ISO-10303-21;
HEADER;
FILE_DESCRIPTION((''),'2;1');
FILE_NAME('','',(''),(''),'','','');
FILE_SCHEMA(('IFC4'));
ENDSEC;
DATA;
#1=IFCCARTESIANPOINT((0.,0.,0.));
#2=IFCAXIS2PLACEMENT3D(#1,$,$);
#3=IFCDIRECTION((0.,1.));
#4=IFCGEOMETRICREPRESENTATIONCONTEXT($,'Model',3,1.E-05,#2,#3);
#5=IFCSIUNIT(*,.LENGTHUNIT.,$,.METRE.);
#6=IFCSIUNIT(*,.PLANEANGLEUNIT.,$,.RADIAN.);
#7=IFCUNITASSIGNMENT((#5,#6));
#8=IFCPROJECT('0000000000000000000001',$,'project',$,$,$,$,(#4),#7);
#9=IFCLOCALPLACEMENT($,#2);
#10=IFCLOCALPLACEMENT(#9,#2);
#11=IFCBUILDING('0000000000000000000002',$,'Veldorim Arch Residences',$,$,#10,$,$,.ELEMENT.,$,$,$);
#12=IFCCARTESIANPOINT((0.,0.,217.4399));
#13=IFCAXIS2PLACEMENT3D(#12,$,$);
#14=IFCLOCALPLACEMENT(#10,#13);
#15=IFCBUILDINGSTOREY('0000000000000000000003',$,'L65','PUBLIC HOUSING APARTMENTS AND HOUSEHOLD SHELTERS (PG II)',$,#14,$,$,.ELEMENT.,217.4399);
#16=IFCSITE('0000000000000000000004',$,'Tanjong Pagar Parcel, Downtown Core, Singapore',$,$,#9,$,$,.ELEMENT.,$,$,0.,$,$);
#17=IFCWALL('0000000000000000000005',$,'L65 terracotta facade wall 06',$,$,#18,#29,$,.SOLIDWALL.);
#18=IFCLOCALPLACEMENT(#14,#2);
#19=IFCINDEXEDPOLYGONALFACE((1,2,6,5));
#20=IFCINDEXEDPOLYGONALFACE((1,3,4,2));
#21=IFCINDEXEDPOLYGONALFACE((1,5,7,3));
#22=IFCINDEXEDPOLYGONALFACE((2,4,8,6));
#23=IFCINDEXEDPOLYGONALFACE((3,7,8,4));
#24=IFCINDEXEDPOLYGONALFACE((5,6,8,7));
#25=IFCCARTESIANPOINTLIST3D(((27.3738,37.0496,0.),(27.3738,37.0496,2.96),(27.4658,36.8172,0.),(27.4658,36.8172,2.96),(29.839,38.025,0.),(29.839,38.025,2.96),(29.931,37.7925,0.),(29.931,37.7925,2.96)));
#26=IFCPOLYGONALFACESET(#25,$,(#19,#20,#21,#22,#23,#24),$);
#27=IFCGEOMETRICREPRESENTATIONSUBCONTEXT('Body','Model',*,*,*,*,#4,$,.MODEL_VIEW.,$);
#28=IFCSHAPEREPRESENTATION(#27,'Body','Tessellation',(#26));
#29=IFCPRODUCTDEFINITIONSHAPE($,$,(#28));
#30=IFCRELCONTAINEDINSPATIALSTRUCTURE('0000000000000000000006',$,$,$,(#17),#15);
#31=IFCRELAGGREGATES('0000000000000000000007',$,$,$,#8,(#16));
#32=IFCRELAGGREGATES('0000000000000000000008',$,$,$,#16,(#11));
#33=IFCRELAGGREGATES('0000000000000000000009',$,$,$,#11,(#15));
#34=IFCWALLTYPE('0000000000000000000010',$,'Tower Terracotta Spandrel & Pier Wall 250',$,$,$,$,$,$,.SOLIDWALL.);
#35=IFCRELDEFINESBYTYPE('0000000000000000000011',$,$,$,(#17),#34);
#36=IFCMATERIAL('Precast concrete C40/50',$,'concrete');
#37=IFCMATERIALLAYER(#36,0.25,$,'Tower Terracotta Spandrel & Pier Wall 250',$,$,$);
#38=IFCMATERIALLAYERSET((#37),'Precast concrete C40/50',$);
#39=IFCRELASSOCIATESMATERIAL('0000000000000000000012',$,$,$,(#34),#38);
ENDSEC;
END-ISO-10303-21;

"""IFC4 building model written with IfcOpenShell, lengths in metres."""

from ifc_helpers import new_model, si_unit, direction, frame, frame_2d, origin, place, context, subcontext, project, spatial, rectangle, extrude, material, layer, layer_set, type_object, element, save


model = new_model("IFC4")

# Units and contexts
model_context = context("Model", 3, precision=1e-05, world=origin(), true_north=direction((0.0, 1.0)))
body_context = subcontext(model_context, "Body", "Model", "MODEL_VIEW")
ifc_project = project(units=[si_unit("LENGTHUNIT", "METRE"), si_unit("PLANEANGLEUNIT", "RADIAN")], contexts=[model_context])

# Site, building, storey
site_placement = place(None, origin())
site = spatial("IfcSite", under=ifc_project, at=site_placement, Name="Tanjong Pagar Parcel, Downtown Core, Singapore", CompositionType="ELEMENT", RefElevation=0.0)
building_placement = place(site_placement, origin())
building = spatial("IfcBuilding", under=site, at=building_placement, Name="Veldorim Arch Residences", CompositionType="ELEMENT")
storey_placement = place(building_placement, frame((0.0, 0.0, 217.4399)))
storey = spatial("IfcBuildingStorey", under=building, at=storey_placement, Name="L65", Description="PUBLIC HOUSING APARTMENTS AND HOUSEHOLD SHELTERS (PG II)", CompositionType="ELEMENT", Elevation=217.4399)

# Wall
ifc_material_1 = material(Name="Precast concrete C40/50", Category="concrete")
ifc_layer_1 = layer(ifc_material_1, 0.25, Name="Tower Terracotta Spandrel & Pier Wall 250")
ifc_layer_set_1 = layer_set([ifc_layer_1], Name="Precast concrete C40/50")
wall_type_1 = type_object("IfcWallType", Name="Tower Terracotta Spandrel & Pier Wall 250", PredefinedType="SOLIDWALL", material=ifc_layer_set_1)
wall_1_placement = place(storey_placement, frame((27.4197, 36.9333, 0.0), z_axis=(0.0, 0.0, 1.0), x_axis=(0.929861, 0.367911, 0.0)))
element("IfcWall", 1, at=wall_1_placement, inside=storey, type_object=wall_type_1, Name="L65 terracotta facade wall 06", PredefinedType="SOLIDWALL", context=body_context, shape_type="SweptSolid", body=[
    extrude(rectangle(XDim=2.6511, YDim=0.25, at=frame_2d((1.3257, 0.0))), origin(), (0.0, 0.0, 1.0), 2.96),
])

save(model, "model.ifc")
